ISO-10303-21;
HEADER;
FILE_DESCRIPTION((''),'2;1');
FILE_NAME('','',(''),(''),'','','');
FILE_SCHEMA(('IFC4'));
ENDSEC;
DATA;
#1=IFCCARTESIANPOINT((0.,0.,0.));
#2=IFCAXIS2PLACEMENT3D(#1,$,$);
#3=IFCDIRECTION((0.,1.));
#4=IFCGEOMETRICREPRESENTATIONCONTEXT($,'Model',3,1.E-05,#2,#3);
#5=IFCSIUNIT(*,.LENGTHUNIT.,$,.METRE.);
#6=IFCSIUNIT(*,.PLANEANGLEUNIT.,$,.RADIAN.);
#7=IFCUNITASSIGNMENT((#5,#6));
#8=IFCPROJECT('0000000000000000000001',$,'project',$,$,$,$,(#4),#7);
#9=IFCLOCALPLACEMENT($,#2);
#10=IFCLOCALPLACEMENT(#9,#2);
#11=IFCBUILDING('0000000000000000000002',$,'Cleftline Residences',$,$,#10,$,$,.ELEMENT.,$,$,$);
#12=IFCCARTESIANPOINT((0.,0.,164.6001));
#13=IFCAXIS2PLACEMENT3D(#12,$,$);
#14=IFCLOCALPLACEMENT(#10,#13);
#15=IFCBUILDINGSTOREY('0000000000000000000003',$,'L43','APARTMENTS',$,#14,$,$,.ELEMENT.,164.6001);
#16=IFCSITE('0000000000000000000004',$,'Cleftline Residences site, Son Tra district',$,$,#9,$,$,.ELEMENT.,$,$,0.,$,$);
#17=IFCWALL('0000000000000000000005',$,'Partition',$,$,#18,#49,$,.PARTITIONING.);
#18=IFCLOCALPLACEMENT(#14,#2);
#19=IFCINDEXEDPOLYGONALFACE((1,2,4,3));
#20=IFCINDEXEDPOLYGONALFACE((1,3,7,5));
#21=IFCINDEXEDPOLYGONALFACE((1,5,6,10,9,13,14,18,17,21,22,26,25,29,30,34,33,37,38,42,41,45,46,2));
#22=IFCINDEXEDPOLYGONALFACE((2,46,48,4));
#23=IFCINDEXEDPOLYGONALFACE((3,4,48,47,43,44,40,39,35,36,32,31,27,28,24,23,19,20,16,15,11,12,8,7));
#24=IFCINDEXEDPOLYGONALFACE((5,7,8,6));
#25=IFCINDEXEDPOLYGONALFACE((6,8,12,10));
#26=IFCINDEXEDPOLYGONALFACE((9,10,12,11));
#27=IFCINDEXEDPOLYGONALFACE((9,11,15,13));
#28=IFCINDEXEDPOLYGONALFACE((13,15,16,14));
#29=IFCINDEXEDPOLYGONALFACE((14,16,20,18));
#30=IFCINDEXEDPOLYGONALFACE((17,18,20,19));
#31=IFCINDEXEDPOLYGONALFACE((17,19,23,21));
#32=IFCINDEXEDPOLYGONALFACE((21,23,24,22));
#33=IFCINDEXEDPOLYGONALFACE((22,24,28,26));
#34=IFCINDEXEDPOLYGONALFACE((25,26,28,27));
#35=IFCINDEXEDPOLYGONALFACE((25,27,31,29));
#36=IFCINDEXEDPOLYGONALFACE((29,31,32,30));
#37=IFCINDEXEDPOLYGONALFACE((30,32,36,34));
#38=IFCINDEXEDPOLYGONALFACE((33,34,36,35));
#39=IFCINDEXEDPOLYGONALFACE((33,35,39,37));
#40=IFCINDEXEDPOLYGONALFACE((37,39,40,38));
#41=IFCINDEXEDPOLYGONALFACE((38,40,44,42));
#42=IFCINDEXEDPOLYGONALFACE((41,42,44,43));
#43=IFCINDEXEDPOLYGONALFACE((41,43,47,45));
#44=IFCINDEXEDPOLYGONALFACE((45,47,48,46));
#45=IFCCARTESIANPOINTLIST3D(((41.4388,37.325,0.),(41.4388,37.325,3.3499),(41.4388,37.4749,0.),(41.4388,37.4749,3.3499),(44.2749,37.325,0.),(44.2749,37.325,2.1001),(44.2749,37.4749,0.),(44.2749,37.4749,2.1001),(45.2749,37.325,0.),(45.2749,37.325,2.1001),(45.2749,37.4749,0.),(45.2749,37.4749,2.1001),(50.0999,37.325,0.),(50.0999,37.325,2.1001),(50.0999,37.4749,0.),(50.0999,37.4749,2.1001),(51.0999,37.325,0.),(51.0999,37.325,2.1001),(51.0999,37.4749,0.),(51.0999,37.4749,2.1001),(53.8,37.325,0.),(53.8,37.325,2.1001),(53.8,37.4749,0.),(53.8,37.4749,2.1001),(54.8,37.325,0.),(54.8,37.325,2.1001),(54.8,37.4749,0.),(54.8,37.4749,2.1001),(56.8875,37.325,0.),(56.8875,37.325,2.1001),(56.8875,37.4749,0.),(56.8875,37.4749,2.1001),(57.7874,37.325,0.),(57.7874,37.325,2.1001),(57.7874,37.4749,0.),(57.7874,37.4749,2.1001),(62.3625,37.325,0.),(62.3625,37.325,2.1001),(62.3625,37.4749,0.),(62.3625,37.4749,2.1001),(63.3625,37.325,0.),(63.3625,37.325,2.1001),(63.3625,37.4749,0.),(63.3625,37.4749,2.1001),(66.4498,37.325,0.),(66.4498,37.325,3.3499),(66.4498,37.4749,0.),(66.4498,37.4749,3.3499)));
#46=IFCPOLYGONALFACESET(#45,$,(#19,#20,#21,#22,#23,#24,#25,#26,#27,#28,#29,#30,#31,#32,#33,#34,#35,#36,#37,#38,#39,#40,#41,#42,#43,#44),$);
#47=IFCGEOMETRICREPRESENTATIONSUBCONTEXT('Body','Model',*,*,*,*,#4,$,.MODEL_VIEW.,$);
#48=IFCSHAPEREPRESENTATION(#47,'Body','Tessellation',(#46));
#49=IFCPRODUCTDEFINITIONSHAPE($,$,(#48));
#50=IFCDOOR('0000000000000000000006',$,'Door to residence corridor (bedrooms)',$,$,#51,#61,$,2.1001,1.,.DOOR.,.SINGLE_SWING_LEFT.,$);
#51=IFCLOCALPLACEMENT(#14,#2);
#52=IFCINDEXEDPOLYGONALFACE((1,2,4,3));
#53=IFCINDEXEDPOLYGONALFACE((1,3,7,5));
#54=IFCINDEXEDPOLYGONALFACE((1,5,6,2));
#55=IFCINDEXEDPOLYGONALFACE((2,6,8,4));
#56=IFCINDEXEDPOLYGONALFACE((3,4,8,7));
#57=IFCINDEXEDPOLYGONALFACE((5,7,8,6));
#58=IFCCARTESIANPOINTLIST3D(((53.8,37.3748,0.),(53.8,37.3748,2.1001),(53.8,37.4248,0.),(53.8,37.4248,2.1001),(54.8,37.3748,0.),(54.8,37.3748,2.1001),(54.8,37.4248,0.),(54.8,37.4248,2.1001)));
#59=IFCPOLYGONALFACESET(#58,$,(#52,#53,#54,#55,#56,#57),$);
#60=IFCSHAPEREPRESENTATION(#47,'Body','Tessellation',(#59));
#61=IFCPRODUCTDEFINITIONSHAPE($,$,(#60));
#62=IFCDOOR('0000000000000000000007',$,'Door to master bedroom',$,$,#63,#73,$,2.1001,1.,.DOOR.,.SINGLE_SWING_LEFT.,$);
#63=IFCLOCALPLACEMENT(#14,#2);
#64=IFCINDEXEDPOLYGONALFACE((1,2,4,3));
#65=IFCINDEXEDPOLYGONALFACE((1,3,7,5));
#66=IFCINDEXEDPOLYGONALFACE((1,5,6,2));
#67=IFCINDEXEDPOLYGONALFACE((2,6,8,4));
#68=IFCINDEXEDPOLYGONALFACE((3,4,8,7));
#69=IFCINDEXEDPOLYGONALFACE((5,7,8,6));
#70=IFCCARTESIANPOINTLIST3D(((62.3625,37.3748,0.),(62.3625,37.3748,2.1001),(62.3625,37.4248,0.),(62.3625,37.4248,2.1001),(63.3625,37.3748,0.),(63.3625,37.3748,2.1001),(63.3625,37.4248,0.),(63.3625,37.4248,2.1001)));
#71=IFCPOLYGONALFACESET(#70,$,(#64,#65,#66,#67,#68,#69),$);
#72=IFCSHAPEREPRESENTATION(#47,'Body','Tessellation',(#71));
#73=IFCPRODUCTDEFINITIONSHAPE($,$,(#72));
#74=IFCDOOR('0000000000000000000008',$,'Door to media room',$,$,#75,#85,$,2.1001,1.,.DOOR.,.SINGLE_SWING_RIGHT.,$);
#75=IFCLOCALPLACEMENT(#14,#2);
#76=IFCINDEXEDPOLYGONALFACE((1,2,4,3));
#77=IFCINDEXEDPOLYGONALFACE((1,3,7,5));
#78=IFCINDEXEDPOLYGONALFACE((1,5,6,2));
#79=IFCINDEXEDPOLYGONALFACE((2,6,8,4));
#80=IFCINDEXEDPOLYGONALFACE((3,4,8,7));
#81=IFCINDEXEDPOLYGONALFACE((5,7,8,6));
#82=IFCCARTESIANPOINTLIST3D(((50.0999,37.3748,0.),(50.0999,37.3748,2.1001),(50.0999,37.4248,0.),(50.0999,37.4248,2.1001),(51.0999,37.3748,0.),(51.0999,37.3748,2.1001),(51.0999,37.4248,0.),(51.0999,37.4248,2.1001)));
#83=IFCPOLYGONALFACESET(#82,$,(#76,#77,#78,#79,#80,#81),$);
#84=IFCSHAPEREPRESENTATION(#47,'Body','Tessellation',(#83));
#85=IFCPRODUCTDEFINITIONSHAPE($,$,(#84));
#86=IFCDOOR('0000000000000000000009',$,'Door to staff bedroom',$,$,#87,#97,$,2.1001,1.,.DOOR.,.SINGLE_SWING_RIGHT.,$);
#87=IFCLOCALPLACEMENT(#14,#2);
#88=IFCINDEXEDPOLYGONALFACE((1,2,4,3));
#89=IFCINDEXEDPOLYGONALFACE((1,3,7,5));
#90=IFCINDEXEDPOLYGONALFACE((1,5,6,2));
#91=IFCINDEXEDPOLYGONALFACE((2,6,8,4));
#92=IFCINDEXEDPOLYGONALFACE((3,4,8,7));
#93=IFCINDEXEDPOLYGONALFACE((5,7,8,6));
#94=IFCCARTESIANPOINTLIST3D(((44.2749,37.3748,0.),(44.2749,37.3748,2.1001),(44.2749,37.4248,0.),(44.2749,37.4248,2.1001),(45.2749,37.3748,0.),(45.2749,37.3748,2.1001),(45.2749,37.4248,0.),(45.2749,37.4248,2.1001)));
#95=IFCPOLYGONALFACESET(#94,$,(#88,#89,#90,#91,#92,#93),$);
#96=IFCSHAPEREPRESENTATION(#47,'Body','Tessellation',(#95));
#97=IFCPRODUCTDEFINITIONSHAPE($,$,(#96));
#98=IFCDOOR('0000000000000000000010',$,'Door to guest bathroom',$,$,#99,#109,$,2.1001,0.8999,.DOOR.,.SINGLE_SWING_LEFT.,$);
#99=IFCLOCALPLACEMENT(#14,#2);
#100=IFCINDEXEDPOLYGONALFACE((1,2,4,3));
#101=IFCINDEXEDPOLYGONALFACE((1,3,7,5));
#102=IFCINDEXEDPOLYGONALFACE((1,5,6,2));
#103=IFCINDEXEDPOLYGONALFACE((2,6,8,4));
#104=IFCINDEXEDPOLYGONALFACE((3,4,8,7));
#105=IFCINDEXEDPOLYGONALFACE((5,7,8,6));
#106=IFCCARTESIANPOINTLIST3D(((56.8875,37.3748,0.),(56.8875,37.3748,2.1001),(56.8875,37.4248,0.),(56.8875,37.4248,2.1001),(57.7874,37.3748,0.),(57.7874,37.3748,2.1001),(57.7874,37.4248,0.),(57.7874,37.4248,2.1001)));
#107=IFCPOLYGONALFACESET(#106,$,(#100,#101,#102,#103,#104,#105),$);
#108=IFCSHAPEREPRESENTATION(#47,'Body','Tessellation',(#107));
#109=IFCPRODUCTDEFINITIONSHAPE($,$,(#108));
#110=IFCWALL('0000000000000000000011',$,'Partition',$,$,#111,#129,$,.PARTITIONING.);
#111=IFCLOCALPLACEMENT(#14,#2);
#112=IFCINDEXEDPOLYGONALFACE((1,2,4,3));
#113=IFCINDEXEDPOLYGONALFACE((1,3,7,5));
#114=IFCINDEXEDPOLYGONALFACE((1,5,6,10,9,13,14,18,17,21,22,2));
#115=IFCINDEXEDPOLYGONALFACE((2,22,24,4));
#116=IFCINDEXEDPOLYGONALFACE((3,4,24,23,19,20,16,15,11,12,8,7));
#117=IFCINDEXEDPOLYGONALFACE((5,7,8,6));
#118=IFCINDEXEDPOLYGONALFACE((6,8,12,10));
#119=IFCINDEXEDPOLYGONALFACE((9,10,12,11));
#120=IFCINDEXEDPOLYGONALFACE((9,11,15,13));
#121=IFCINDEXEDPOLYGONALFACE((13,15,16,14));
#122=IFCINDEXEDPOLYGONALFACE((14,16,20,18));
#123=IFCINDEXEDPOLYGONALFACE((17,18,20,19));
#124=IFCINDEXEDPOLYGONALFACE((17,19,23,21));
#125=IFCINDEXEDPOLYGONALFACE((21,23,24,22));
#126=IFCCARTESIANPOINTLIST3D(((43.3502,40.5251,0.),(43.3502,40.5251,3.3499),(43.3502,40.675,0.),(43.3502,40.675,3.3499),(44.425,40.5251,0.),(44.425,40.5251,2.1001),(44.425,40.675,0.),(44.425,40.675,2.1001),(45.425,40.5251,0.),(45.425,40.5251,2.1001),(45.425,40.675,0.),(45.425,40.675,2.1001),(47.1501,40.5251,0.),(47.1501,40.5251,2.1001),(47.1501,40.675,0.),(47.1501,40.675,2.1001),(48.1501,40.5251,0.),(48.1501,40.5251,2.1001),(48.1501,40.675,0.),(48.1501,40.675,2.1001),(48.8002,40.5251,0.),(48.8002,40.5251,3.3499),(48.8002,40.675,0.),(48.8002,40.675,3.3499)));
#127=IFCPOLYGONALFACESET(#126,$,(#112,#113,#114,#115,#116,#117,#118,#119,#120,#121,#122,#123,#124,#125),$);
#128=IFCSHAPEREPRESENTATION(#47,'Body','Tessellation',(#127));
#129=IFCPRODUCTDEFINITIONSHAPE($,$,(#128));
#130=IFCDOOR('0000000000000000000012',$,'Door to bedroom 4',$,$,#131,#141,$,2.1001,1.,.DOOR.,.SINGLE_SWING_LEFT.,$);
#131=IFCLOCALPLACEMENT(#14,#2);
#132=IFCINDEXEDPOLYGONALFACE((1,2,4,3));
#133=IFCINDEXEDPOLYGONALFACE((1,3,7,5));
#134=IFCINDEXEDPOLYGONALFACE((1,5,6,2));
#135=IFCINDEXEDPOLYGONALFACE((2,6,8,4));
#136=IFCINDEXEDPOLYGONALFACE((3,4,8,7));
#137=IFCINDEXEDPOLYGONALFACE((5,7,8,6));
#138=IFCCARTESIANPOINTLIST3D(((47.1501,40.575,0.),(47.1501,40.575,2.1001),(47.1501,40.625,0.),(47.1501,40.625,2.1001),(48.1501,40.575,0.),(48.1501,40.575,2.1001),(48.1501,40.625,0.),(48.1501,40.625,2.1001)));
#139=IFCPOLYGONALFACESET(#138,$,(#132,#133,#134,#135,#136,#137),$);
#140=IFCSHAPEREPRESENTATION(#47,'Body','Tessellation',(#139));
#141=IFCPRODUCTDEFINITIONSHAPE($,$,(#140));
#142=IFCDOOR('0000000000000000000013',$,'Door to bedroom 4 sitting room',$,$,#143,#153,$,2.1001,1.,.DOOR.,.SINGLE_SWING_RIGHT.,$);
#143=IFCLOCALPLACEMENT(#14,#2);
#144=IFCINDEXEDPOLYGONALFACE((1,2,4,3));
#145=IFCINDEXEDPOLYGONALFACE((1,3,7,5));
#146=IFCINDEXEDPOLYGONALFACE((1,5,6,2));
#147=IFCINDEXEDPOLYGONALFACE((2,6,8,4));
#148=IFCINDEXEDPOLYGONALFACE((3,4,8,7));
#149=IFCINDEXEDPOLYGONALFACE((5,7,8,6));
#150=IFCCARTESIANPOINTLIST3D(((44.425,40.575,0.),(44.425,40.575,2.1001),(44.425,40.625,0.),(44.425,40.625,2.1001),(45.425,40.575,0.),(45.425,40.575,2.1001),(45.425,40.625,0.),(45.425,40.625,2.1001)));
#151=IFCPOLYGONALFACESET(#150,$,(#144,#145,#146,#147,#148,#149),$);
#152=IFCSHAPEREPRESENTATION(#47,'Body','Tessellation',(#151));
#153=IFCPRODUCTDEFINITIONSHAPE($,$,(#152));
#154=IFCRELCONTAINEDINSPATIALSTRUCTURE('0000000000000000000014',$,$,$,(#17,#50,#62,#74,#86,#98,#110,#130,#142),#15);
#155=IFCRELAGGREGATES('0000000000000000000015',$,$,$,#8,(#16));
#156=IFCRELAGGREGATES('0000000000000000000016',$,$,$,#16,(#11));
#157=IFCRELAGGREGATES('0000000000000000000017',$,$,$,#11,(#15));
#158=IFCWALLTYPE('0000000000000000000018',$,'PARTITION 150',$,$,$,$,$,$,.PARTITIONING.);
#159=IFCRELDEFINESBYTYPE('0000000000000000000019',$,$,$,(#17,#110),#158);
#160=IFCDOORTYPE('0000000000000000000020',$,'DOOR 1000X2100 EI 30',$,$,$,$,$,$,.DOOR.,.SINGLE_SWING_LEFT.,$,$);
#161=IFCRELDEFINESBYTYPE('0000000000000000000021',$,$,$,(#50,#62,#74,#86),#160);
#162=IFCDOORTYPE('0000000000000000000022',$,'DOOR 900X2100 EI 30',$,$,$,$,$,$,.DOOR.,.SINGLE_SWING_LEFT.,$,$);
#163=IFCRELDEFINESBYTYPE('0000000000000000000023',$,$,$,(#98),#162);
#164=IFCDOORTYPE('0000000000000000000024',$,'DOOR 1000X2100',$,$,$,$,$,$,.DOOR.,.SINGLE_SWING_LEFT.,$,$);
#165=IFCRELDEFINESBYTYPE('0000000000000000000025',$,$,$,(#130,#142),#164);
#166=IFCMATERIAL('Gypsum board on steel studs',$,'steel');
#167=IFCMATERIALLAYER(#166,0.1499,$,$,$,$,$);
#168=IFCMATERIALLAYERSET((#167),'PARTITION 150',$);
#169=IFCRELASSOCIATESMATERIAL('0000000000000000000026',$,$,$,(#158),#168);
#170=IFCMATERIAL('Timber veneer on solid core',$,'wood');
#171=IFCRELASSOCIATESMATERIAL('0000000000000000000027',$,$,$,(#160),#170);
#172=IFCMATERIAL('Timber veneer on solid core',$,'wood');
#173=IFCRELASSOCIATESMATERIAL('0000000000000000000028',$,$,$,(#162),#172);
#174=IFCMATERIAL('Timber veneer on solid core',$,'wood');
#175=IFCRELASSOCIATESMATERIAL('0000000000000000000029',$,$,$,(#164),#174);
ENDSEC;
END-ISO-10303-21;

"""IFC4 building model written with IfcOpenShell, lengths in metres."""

from ifc_helpers import new_model, si_unit, direction, frame, frame_2d, origin, place, context, subcontext, project, spatial, rectangle, extrude, material, layer, layer_set, type_object, element, fill, save


model = new_model("IFC4")

# Units and contexts
model_context = context("Model", 3, precision=1e-05, world=origin(), true_north=direction((0.0, 1.0)))
body_context = subcontext(model_context, "Body", "Model", "MODEL_VIEW")
ifc_project = project(units=[si_unit("LENGTHUNIT", "METRE"), si_unit("PLANEANGLEUNIT", "RADIAN")], contexts=[model_context])

# Site, building, storey
site_placement = place(None, origin())
site = spatial("IfcSite", under=ifc_project, at=site_placement, Name="Cleftline Residences site, Son Tra district", CompositionType="ELEMENT", RefElevation=0.0)
building_placement = place(site_placement, origin())
building = spatial("IfcBuilding", under=site, at=building_placement, Name="Cleftline Residences", CompositionType="ELEMENT")
storey_placement = place(building_placement, frame((0.0, 0.0, 164.6001)))
storey = spatial("IfcBuildingStorey", under=building, at=storey_placement, Name="L43", Description="APARTMENTS", CompositionType="ELEMENT", Elevation=164.6001)

# Walls, openings, doors
ifc_material_1 = material(Name="Gypsum board on steel studs", Category="steel")
ifc_layer = layer(ifc_material_1, 0.1499)
ifc_layer_set = layer_set([ifc_layer], Name="PARTITION 150")
wall_type = type_object("IfcWallType", Name="PARTITION 150", PredefinedType="PARTITIONING", material=ifc_layer_set)
wall_1_placement = place(storey_placement, frame((41.439, 37.3999, 0.0), z_axis=(0.0, 0.0, 1.0), x_axis=(1.0, 0.0, 0.0)))
wall_1 = element("IfcWall", 1, at=wall_1_placement, inside=storey, type_object=wall_type, Name="Partition", PredefinedType="PARTITIONING", context=body_context, shape_type="SweptSolid", body=[
    extrude(rectangle(XDim=25.011, YDim=0.1499, at=frame_2d((12.5054, 0.0))), origin(), (0.0, 0.0, 1.0), 3.3499),
])
opening_1_placement = place(wall_1_placement, frame((12.3611, 0.0, 0.0)))
opening_1 = element("IfcOpeningElement", 2, at=opening_1_placement, cuts=wall_1, PredefinedType="OPENING", context=body_context, shape_type="SweptSolid", body=[
    extrude(rectangle(XDim=1.0, YDim=2.1001, at=frame_2d((0.5, 1.05))), frame((0.0, 0.085, 0.0), z_axis=(0.0, -1.0, 0.0), x_axis=(1.0, 0.0, 0.0)), (0.0, 0.0, 1.0), 0.1699),
])
opening_2_placement = place(wall_1_placement, frame((20.9236, 0.0, 0.0)))
opening_2 = element("IfcOpeningElement", 3, at=opening_2_placement, cuts=wall_1, PredefinedType="OPENING", context=body_context, shape_type="SweptSolid", body=[
    extrude(rectangle(XDim=1.0, YDim=2.1001, at=frame_2d((0.5, 1.05))), frame((0.0, 0.085, 0.0), z_axis=(0.0, -1.0, 0.0), x_axis=(1.0, 0.0, 0.0)), (0.0, 0.0, 1.0), 0.1699),
])
opening_3_placement = place(wall_1_placement, frame((15.4485, 0.0, 0.0)))
opening_3 = element("IfcOpeningElement", 4, at=opening_3_placement, cuts=wall_1, PredefinedType="OPENING", context=body_context, shape_type="SweptSolid", body=[
    extrude(rectangle(XDim=0.8999, YDim=2.1001, at=frame_2d((0.45, 1.05))), frame((0.0, 0.085, 0.0), z_axis=(0.0, -1.0, 0.0), x_axis=(1.0, 0.0, 0.0)), (0.0, 0.0, 1.0), 0.1699),
])
opening_4_placement = place(wall_1_placement, frame((8.6609, 0.0, 0.0)))
opening_4 = element("IfcOpeningElement", 5, at=opening_4_placement, cuts=wall_1, PredefinedType="OPENING", context=body_context, shape_type="SweptSolid", body=[
    extrude(rectangle(XDim=1.0, YDim=2.1001, at=frame_2d((0.5, 1.05))), frame((0.0, 0.085, 0.0), z_axis=(0.0, -1.0, 0.0), x_axis=(1.0, 0.0, 0.0)), (0.0, 0.0, 1.0), 0.1699),
])
opening_5_placement = place(wall_1_placement, frame((2.8359, 0.0, 0.0)))
opening_5 = element("IfcOpeningElement", 6, at=opening_5_placement, cuts=wall_1, PredefinedType="OPENING", context=body_context, shape_type="SweptSolid", body=[
    extrude(rectangle(XDim=1.0, YDim=2.1001, at=frame_2d((0.5, 1.05))), frame((0.0, 0.085, 0.0), z_axis=(0.0, -1.0, 0.0), x_axis=(1.0, 0.0, 0.0)), (0.0, 0.0, 1.0), 0.1699),
])
ifc_material_2 = material(Name="Timber veneer on solid core", Category="wood")
door_type_1 = type_object("IfcDoorType", Name="DOOR 1000X2100 EI 30", OperationType="SINGLE_SWING_LEFT", PredefinedType="DOOR", material=ifc_material_2)
door_1_placement = place(opening_1_placement, origin())
door_1 = element("IfcDoor", 7, at=door_1_placement, inside=storey, type_object=door_type_1, Name="Door to residence corridor (bedrooms)", OperationType="SINGLE_SWING_LEFT", OverallHeight=2.1001, OverallWidth=1.0, PredefinedType="DOOR", context=body_context, shape_type="SweptSolid", body=[
    extrude(rectangle(XDim=1.0, YDim=2.1001, at=frame_2d((0.5, 1.05))), frame((0.0, 0.0249, 0.0), z_axis=(0.0, -1.0, 0.0), x_axis=(1.0, 0.0, 0.0)), (0.0, 0.0, 1.0), 0.05),
])
fill(opening_1, door_1)
door_2_placement = place(opening_2_placement, origin())
door_2 = element("IfcDoor", 8, at=door_2_placement, inside=storey, type_object=door_type_1, Name="Door to master bedroom", OperationType="SINGLE_SWING_LEFT", OverallHeight=2.1001, OverallWidth=1.0, PredefinedType="DOOR", context=body_context, shape_type="SweptSolid", body=[
    extrude(rectangle(XDim=1.0, YDim=2.1001, at=frame_2d((0.5, 1.05))), frame((0.0, 0.0249, 0.0), z_axis=(0.0, -1.0, 0.0), x_axis=(1.0, 0.0, 0.0)), (0.0, 0.0, 1.0), 0.05),
])
fill(opening_2, door_2)
door_3_placement = place(opening_4_placement, origin())
door_3 = element("IfcDoor", 9, at=door_3_placement, inside=storey, type_object=door_type_1, Name="Door to media room", OperationType="SINGLE_SWING_RIGHT", OverallHeight=2.1001, OverallWidth=1.0, PredefinedType="DOOR", context=body_context, shape_type="SweptSolid", body=[
    extrude(rectangle(XDim=1.0, YDim=2.1001, at=frame_2d((0.5, 1.05))), frame((0.0, 0.0249, 0.0), z_axis=(0.0, -1.0, 0.0), x_axis=(1.0, 0.0, 0.0)), (0.0, 0.0, 1.0), 0.05),
])
fill(opening_4, door_3)
door_4_placement = place(opening_5_placement, origin())
door_4 = element("IfcDoor", 10, at=door_4_placement, inside=storey, type_object=door_type_1, Name="Door to staff bedroom", OperationType="SINGLE_SWING_RIGHT", OverallHeight=2.1001, OverallWidth=1.0, PredefinedType="DOOR", context=body_context, shape_type="SweptSolid", body=[
    extrude(rectangle(XDim=1.0, YDim=2.1001, at=frame_2d((0.5, 1.05))), frame((0.0, 0.0249, 0.0), z_axis=(0.0, -1.0, 0.0), x_axis=(1.0, 0.0, 0.0)), (0.0, 0.0, 1.0), 0.05),
])
fill(opening_5, door_4)
ifc_material_3 = material(Name="Timber veneer on solid core", Category="wood")
door_type_2 = type_object("IfcDoorType", Name="DOOR 900X2100 EI 30", OperationType="SINGLE_SWING_LEFT", PredefinedType="DOOR", material=ifc_material_3)
door_5_placement = place(opening_3_placement, origin())
door_5 = element("IfcDoor", 11, at=door_5_placement, inside=storey, type_object=door_type_2, Name="Door to guest bathroom", OperationType="SINGLE_SWING_LEFT", OverallHeight=2.1001, OverallWidth=0.8999, PredefinedType="DOOR", context=body_context, shape_type="SweptSolid", body=[
    extrude(rectangle(XDim=0.8999, YDim=2.1001, at=frame_2d((0.45, 1.05))), frame((0.0, 0.0249, 0.0), z_axis=(0.0, -1.0, 0.0), x_axis=(1.0, 0.0, 0.0)), (0.0, 0.0, 1.0), 0.05),
])
fill(opening_3, door_5)
wall_2_placement = place(storey_placement, frame((43.3501, 40.6001, 0.0), z_axis=(0.0, 0.0, 1.0), x_axis=(1.0, 0.0, 0.0)))
wall_2 = element("IfcWall", 12, at=wall_2_placement, inside=storey, type_object=wall_type, Name="Partition", PredefinedType="PARTITIONING", context=body_context, shape_type="SweptSolid", body=[
    extrude(rectangle(XDim=5.45, YDim=0.1499, at=frame_2d((2.7251, 0.0))), origin(), (0.0, 0.0, 1.0), 3.3499),
])
opening_6_placement = place(wall_2_placement, frame((3.8, 0.0, 0.0)))
opening_6 = element("IfcOpeningElement", 13, at=opening_6_placement, cuts=wall_2, PredefinedType="OPENING", context=body_context, shape_type="SweptSolid", body=[
    extrude(rectangle(XDim=1.0, YDim=2.1001, at=frame_2d((0.5, 1.05))), frame((0.0, 0.085, 0.0), z_axis=(0.0, -1.0, 0.0), x_axis=(1.0, 0.0, 0.0)), (0.0, 0.0, 1.0), 0.1699),
])
opening_7_placement = place(wall_2_placement, frame((1.075, 0.0, 0.0)))
opening_7 = element("IfcOpeningElement", 14, at=opening_7_placement, cuts=wall_2, PredefinedType="OPENING", context=body_context, shape_type="SweptSolid", body=[
    extrude(rectangle(XDim=1.0, YDim=2.1001, at=frame_2d((0.5, 1.05))), frame((0.0, 0.085, 0.0), z_axis=(0.0, -1.0, 0.0), x_axis=(1.0, 0.0, 0.0)), (0.0, 0.0, 1.0), 0.1699),
])
ifc_material_4 = material(Name="Timber veneer on solid core", Category="wood")
door_type_3 = type_object("IfcDoorType", Name="DOOR 1000X2100", OperationType="SINGLE_SWING_LEFT", PredefinedType="DOOR", material=ifc_material_4)
door_6_placement = place(opening_6_placement, origin())
door_6 = element("IfcDoor", 15, at=door_6_placement, inside=storey, type_object=door_type_3, Name="Door to bedroom 4", OperationType="SINGLE_SWING_LEFT", OverallHeight=2.1001, OverallWidth=1.0, PredefinedType="DOOR", context=body_context, shape_type="SweptSolid", body=[
    extrude(rectangle(XDim=1.0, YDim=2.1001, at=frame_2d((0.5, 1.05))), frame((0.0, 0.0249, 0.0), z_axis=(0.0, -1.0, 0.0), x_axis=(1.0, 0.0, 0.0)), (0.0, 0.0, 1.0), 0.05),
])
fill(opening_6, door_6)
door_7_placement = place(opening_7_placement, origin())
door_7 = element("IfcDoor", 16, at=door_7_placement, inside=storey, type_object=door_type_3, Name="Door to bedroom 4 sitting room", OperationType="SINGLE_SWING_RIGHT", OverallHeight=2.1001, OverallWidth=1.0, PredefinedType="DOOR", context=body_context, shape_type="SweptSolid", body=[
    extrude(rectangle(XDim=1.0, YDim=2.1001, at=frame_2d((0.5, 1.05))), frame((0.0, 0.0249, 0.0), z_axis=(0.0, -1.0, 0.0), x_axis=(1.0, 0.0, 0.0)), (0.0, 0.0, 1.0), 0.05),
])
fill(opening_7, door_7)

save(model, "model.ifc")
